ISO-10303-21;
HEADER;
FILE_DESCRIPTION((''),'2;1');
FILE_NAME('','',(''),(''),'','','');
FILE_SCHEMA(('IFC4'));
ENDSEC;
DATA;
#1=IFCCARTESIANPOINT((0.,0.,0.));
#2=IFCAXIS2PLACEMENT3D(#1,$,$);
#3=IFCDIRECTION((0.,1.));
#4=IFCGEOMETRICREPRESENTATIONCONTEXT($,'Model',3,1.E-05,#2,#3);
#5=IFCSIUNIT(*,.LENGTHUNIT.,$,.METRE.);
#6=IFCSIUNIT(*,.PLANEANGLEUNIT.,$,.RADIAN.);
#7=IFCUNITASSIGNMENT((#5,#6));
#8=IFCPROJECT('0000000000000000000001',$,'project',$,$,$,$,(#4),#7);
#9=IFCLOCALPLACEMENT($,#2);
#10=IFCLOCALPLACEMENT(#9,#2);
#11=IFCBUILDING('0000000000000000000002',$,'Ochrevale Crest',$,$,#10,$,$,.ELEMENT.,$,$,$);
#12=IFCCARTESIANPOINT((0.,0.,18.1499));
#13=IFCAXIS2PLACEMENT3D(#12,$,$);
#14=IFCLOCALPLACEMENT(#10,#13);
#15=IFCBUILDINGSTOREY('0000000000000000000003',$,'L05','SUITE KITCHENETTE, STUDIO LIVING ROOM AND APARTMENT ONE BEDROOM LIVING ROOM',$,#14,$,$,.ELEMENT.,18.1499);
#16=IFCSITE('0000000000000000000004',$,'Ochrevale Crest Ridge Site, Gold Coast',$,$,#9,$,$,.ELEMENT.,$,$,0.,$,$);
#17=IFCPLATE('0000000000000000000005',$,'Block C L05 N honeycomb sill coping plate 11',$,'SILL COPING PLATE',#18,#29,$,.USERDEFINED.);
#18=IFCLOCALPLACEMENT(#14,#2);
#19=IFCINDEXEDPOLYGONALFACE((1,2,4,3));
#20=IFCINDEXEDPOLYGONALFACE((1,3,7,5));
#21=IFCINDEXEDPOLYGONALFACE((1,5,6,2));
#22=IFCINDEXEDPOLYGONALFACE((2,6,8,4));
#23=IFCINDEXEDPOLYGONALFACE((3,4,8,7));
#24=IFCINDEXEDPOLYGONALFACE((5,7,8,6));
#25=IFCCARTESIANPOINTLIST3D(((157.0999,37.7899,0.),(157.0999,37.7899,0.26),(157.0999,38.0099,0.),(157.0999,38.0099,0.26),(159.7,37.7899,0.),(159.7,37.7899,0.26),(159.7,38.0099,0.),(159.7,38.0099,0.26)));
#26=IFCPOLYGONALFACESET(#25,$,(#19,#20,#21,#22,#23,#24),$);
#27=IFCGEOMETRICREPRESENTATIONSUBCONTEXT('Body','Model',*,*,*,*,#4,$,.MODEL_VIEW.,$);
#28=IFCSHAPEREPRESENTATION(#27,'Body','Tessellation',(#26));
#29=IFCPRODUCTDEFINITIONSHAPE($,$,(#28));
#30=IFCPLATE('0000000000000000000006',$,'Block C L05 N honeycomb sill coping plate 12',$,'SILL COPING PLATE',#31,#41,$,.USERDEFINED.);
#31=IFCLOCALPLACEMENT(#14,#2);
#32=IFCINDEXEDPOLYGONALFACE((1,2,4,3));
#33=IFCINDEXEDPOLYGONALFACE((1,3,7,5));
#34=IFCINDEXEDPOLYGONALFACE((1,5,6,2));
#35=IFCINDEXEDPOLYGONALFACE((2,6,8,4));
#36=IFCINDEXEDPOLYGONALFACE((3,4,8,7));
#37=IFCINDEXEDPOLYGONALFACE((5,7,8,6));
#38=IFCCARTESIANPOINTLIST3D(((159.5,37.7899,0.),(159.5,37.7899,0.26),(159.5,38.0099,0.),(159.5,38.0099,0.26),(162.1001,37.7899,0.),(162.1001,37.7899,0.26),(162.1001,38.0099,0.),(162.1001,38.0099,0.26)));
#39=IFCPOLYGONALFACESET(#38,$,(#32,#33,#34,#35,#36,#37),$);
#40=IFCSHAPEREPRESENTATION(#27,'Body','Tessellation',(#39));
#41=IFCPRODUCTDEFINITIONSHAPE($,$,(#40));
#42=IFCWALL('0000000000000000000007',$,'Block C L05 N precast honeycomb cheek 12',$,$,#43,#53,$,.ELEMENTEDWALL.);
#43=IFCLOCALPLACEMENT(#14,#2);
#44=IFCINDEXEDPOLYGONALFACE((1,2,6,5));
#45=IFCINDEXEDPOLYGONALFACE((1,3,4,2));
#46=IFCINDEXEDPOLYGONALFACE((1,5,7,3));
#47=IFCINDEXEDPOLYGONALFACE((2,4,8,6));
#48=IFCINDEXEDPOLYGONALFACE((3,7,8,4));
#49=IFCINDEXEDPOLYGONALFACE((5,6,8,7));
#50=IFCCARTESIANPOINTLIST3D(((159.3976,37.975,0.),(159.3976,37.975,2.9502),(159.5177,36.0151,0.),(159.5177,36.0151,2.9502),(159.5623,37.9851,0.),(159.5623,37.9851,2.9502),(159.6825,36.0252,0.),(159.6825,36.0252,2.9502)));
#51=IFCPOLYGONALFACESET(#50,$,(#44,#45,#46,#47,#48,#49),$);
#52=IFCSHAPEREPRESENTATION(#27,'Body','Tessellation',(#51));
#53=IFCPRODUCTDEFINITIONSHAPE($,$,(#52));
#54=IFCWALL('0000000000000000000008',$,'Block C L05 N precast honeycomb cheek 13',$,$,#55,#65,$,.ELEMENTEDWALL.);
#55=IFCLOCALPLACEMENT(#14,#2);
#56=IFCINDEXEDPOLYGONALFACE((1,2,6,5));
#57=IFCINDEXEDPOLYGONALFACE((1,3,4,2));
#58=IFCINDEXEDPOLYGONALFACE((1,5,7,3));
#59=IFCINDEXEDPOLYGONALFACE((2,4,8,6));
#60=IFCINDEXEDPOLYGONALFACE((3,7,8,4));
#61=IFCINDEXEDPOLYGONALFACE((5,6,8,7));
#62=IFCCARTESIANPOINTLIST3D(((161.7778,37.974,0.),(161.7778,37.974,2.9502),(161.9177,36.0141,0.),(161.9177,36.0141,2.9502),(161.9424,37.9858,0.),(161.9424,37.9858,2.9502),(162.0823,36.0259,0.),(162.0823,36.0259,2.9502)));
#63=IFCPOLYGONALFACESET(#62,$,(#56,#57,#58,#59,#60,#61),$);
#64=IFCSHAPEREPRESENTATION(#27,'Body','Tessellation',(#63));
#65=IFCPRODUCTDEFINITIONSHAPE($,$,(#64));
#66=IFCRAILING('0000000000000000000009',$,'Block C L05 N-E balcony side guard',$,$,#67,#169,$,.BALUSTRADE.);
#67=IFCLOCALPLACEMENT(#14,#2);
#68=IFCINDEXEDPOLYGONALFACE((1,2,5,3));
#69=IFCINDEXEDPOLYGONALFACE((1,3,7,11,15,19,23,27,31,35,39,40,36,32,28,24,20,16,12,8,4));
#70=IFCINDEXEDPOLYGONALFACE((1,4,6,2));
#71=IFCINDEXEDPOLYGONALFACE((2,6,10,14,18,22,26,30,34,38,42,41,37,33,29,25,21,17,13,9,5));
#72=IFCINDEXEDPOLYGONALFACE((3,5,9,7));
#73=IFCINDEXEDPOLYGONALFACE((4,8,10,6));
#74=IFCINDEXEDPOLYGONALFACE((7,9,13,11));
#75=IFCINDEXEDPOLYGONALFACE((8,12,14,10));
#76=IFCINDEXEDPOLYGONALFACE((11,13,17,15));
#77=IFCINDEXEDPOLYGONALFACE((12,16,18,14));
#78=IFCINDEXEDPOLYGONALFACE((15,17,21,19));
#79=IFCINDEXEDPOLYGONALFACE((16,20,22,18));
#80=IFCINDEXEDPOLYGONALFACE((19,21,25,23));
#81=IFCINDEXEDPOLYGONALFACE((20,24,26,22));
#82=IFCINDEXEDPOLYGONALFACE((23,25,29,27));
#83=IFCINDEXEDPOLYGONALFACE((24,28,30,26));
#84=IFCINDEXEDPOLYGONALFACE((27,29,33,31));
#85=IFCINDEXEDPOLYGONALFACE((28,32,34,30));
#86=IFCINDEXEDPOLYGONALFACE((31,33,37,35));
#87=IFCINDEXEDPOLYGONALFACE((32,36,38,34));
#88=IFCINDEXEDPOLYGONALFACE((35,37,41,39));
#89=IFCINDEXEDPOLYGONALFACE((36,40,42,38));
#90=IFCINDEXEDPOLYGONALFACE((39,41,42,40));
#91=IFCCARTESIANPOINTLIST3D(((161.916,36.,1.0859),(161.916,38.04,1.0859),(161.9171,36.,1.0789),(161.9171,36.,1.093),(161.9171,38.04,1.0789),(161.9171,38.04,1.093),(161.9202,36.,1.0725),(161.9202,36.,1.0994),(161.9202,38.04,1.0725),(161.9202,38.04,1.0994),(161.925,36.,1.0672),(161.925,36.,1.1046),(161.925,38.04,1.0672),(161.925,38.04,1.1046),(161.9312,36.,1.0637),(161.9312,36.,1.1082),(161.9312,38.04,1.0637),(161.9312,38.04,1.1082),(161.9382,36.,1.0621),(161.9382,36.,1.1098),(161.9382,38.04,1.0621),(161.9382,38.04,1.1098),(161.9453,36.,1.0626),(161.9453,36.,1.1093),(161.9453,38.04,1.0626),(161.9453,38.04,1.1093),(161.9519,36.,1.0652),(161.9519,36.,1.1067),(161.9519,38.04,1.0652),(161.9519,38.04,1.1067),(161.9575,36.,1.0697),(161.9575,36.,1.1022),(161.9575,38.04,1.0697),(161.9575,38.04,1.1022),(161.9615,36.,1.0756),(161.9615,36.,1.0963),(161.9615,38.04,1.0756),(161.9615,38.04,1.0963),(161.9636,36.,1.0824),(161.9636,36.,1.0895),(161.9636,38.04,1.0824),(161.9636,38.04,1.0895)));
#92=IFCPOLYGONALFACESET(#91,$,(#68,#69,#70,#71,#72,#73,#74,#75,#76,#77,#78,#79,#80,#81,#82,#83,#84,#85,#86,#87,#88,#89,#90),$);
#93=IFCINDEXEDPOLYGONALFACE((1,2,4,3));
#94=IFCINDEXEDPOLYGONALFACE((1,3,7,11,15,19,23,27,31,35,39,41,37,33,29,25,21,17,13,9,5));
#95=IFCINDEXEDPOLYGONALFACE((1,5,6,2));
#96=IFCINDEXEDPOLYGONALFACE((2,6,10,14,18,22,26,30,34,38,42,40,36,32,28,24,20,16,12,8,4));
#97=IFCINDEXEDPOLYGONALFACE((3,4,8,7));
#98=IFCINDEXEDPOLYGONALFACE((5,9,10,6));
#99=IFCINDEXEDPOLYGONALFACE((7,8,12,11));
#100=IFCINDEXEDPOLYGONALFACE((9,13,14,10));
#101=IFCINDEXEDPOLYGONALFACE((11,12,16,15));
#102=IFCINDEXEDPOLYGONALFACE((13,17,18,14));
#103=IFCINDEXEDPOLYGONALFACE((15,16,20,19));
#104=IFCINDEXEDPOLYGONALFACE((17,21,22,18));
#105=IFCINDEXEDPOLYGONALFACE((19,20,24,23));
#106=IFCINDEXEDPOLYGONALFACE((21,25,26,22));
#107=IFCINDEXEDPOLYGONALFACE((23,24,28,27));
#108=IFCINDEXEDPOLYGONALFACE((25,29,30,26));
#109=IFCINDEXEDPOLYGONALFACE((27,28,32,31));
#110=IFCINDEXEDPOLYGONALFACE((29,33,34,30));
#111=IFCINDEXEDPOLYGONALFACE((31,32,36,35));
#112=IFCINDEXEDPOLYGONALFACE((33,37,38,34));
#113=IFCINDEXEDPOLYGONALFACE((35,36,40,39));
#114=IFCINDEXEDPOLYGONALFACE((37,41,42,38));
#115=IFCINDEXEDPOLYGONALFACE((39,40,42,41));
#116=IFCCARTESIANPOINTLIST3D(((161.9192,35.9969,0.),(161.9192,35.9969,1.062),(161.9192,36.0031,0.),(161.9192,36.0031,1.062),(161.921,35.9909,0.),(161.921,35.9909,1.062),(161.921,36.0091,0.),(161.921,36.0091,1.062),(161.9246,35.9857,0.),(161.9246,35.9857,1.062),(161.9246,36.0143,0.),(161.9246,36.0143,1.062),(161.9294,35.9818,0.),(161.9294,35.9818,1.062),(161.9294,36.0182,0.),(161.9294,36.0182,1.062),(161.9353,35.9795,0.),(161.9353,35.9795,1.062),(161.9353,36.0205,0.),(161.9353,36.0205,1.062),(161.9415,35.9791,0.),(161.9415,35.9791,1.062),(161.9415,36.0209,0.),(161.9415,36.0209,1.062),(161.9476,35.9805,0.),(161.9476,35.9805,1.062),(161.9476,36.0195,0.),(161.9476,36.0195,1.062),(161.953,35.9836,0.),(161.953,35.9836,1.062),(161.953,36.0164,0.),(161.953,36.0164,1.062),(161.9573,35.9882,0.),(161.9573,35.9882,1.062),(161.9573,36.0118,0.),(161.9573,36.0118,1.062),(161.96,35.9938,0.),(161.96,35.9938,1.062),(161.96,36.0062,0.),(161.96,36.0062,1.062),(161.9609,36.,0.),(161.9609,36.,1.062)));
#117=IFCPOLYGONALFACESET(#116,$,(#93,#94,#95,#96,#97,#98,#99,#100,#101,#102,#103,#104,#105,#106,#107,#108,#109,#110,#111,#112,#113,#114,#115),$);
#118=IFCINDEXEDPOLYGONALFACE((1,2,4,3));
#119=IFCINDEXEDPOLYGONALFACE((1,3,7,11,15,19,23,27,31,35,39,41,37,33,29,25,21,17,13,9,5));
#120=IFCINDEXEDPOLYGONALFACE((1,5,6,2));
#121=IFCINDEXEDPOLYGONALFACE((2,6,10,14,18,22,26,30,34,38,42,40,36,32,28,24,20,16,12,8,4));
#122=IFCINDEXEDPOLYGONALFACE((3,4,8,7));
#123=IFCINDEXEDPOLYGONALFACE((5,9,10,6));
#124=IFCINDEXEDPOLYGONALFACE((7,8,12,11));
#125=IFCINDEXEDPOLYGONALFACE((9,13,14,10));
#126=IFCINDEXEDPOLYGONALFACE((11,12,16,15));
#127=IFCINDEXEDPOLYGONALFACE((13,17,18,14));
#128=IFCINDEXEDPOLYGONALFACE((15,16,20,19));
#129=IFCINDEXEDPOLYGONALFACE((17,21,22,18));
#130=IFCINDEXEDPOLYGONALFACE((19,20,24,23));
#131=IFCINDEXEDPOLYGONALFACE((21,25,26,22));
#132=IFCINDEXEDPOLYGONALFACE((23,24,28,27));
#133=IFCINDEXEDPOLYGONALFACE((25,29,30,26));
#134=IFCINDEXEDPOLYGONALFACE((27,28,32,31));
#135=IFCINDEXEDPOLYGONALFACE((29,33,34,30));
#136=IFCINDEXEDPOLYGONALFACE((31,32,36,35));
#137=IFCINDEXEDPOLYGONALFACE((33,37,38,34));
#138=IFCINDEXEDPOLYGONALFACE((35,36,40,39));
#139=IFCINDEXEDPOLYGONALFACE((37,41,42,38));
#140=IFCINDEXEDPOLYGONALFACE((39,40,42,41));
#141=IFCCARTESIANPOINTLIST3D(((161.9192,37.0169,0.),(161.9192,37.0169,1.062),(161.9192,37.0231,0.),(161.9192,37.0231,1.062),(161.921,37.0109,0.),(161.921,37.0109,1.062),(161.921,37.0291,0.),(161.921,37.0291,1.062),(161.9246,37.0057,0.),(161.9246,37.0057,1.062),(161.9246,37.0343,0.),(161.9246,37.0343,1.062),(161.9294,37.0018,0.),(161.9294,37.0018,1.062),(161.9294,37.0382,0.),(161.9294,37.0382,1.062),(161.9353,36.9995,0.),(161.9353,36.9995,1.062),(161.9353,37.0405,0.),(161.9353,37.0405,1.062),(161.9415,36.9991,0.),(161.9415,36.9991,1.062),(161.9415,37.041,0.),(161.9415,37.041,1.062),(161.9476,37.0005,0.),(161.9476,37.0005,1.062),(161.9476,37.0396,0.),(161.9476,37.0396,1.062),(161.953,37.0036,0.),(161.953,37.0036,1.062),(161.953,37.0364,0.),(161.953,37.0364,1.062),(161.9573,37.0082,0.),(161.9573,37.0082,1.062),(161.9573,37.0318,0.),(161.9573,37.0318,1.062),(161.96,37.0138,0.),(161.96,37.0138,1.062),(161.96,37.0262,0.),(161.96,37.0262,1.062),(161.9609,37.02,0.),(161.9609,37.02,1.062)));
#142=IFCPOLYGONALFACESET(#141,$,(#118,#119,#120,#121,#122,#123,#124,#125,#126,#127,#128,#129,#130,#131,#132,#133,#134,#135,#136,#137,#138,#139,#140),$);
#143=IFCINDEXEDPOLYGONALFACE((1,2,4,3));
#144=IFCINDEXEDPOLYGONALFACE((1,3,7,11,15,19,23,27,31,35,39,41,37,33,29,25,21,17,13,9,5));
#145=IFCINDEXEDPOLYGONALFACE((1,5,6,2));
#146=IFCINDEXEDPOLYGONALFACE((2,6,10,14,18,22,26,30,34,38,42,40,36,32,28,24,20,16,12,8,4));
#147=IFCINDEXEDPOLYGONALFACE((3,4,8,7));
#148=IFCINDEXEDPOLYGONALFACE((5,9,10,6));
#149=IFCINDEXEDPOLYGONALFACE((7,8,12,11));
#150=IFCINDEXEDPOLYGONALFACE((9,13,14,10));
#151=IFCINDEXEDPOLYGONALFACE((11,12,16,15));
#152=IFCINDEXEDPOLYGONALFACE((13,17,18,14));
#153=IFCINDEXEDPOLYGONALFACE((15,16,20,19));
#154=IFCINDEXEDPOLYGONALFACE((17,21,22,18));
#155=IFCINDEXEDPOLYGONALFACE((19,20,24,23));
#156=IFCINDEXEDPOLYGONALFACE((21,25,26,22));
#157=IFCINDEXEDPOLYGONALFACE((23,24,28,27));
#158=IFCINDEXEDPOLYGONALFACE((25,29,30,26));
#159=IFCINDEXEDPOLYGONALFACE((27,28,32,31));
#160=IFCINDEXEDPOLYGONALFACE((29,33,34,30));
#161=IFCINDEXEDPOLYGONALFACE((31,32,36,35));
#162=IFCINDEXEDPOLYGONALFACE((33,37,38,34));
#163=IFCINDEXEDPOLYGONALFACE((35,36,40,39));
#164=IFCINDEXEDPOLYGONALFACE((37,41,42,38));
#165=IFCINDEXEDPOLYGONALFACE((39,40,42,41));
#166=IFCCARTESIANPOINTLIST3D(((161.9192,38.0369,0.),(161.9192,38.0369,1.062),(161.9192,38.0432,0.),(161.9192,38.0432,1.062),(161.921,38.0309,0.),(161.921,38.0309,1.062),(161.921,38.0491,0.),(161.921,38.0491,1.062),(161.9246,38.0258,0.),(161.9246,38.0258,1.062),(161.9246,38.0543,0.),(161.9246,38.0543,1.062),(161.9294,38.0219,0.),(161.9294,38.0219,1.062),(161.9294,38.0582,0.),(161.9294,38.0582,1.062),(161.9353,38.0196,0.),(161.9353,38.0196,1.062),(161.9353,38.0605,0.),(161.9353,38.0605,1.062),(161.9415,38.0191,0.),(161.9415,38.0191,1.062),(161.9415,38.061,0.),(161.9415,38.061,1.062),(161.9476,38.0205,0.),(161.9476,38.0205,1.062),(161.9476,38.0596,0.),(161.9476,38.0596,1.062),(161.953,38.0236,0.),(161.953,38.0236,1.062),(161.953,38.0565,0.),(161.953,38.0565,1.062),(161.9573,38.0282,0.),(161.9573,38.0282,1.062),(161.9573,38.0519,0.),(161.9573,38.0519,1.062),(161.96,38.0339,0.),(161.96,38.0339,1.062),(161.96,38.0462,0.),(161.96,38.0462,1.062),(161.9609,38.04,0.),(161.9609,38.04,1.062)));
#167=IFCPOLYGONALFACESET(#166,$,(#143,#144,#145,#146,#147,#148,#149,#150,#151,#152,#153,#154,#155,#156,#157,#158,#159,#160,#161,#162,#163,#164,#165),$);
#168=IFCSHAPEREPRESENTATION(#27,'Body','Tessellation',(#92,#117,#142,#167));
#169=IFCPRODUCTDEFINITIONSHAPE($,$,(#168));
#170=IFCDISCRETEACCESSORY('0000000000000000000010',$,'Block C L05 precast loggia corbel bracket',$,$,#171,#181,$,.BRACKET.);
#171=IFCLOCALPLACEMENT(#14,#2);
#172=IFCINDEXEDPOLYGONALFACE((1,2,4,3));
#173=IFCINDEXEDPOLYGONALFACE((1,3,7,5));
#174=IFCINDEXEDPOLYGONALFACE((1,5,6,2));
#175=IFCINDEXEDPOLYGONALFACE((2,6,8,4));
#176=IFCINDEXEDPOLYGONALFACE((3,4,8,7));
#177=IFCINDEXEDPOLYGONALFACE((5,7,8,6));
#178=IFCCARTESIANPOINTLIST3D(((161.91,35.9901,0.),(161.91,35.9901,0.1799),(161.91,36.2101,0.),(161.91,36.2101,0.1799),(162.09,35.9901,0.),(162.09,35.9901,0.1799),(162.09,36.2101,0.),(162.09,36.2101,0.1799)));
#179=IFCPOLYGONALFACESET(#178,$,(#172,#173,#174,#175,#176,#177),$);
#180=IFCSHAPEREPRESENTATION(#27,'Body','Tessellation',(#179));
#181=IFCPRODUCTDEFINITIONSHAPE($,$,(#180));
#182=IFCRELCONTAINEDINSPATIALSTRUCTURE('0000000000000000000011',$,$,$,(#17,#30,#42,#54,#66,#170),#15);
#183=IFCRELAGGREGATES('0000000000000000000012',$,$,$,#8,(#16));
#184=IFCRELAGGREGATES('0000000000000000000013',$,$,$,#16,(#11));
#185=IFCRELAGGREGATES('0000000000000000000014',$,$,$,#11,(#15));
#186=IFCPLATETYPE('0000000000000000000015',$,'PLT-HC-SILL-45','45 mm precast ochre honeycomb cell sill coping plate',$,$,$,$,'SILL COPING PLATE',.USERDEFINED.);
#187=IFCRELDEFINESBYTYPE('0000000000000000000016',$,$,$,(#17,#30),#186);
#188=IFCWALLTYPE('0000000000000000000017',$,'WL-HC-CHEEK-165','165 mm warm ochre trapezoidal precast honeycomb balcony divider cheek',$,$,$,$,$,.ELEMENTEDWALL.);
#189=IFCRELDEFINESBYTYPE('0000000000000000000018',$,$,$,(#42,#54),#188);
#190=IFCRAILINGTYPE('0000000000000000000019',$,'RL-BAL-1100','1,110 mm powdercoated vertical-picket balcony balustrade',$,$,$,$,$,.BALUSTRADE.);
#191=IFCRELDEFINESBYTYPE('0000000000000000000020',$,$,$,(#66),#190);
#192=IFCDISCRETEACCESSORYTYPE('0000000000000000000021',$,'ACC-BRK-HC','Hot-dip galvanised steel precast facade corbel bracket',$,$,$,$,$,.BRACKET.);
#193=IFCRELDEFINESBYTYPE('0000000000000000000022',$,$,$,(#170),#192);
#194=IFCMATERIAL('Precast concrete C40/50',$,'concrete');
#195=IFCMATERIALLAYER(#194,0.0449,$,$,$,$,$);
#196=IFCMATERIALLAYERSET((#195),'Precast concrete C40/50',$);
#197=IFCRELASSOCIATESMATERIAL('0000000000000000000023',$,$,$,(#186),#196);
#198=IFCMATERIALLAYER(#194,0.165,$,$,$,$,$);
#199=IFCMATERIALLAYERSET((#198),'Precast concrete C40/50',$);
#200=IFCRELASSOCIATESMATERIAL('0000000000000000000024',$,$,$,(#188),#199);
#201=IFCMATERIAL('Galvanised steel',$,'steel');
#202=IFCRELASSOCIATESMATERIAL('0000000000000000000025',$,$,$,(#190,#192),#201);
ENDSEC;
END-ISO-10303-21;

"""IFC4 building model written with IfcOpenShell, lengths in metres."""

from ifc_helpers import new_model, si_unit, direction, frame, frame_2d, origin, origin_2d, place, context, subcontext, project, spatial, rectangle, circle, extrude, material, layer, layer_set, type_object, element, save


model = new_model("IFC4")

# Units and contexts
model_context = context("Model", 3, precision=1e-05, world=origin(), true_north=direction((0.0, 1.0)))
body_context = subcontext(model_context, "Body", "Model", "MODEL_VIEW")
ifc_project = project(units=[si_unit("LENGTHUNIT", "METRE"), si_unit("PLANEANGLEUNIT", "RADIAN")], contexts=[model_context])

# Site, building, storey
site_placement = place(None, origin())
site = spatial("IfcSite", under=ifc_project, at=site_placement, Name="Ochrevale Crest Ridge Site, Gold Coast", CompositionType="ELEMENT", RefElevation=0.0)
building_placement = place(site_placement, origin())
building = spatial("IfcBuilding", under=site, at=building_placement, Name="Ochrevale Crest", CompositionType="ELEMENT")
storey_placement = place(building_placement, frame((0.0, 0.0, 18.1499)))
storey = spatial("IfcBuildingStorey", under=building, at=storey_placement, Name="L05", Description="SUITE KITCHENETTE, STUDIO LIVING ROOM AND APARTMENT ONE BEDROOM LIVING ROOM", CompositionType="ELEMENT", Elevation=18.1499)

# Plates
ifc_material_1 = material(Name="Precast concrete C40/50", Category="concrete")
ifc_layer_1 = layer(ifc_material_1, 0.0449)
ifc_layer_set_1 = layer_set([ifc_layer_1], Name="Precast concrete C40/50")
plate_type_1 = type_object("IfcPlateType", Name="PLT-HC-SILL-45", Description="45 mm precast ochre honeycomb cell sill coping plate", ElementType="SILL COPING PLATE", PredefinedType="USERDEFINED", material=ifc_layer_set_1)
for number, where, z_axis, x_axis, name in (
    (1, (158.3999, 37.8999, 0.0), (0.0, 0.0, 1.0), (1.0, 0.0, 0.0), "Block C L05 N honeycomb sill coping plate 11"),
    (2, (160.8, 37.8999, 0.0), (0.0, 0.0, 1.0), (1.0, 0.0, 0.0), "Block C L05 N honeycomb sill coping plate 12"),
):
    element("IfcPlate", number, at=place(storey_placement, frame(where, z_axis=z_axis, x_axis=x_axis)), inside=storey, type_object=plate_type_1, Name=name, ObjectType="SILL COPING PLATE", PredefinedType="USERDEFINED", context=body_context, shape_type="SweptSolid", body=[
        extrude(rectangle(XDim=2.6001, YDim=0.22, at=origin_2d()), origin(), (0.0, 0.0, 1.0), 0.26),
    ])

# Walls
ifc_layer_2 = layer(ifc_material_1, 0.165)
ifc_layer_set_2 = layer_set([ifc_layer_2], Name="Precast concrete C40/50")
wall_type_1 = type_object("IfcWallType", Name="WL-HC-CHEEK-165", Description="165 mm warm ochre trapezoidal precast honeycomb balcony divider cheek", PredefinedType="ELEMENTEDWALL", material=ifc_layer_set_2)
wall_1_placement = place(storey_placement, frame((159.6001, 36.02, 0.0), z_axis=(0.0, 0.0, 1.0), x_axis=(-0.061171, 0.998127, 0.0)))
element("IfcWall", 3, at=wall_1_placement, inside=storey, type_object=wall_type_1, Name="Block C L05 N precast honeycomb cheek 12", PredefinedType="ELEMENTEDWALL", context=body_context, shape_type="SweptSolid", body=[
    extrude(rectangle(XDim=1.9636, YDim=0.165, at=frame_2d((0.9819, 0.0))), origin(), (0.0, 0.0, 1.0), 2.9502),
])
wall_2_placement = place(storey_placement, frame((162.0, 36.02, 0.0), z_axis=(0.0, 0.0, 1.0), x_axis=(-0.071194, 0.997462, 0.0)))
element("IfcWall", 4, at=wall_2_placement, inside=storey, type_object=wall_type_1, Name="Block C L05 N precast honeycomb cheek 13", PredefinedType="ELEMENTEDWALL", context=body_context, shape_type="SweptSolid", body=[
    extrude(rectangle(XDim=1.9648, YDim=0.165, at=frame_2d((0.9824, 0.0))), origin(), (0.0, 0.0, 1.0), 2.9502),
])

# Railing
ifc_material_2 = material(Name="Galvanised steel", Category="steel")
railing_type = type_object("IfcRailingType", Name="RL-BAL-1100", Description="1,110 mm powdercoated vertical-picket balcony balustrade", PredefinedType="BALUSTRADE", material=ifc_material_2)
railing_placement = place(storey_placement, frame((161.9399, 36.0, 0.0)))
element("IfcRailing", 5, at=railing_placement, inside=storey, type_object=railing_type, Name="Block C L05 N-E balcony side guard", PredefinedType="BALUSTRADE", context=body_context, shape_type="SweptSolid", body=[
    extrude(circle(Radius=0.0239, at=origin_2d()), frame((0.0, 0.0, 1.0859), z_axis=(0.0, 1.0, 0.0), x_axis=(-1.0, 0.0, 0.0)), (0.0, 0.0, 1.0), 2.04),
    extrude(circle(Radius=0.021, at=origin_2d()), origin(), (0.0, 0.0, 1.0), 1.062),
    extrude(circle(Radius=0.021, at=origin_2d()), frame((0.0, 1.02, 0.0)), (0.0, 0.0, 1.0), 1.062),
    extrude(circle(Radius=0.021, at=origin_2d()), frame((0.0, 2.04, 0.0)), (0.0, 0.0, 1.0), 1.062),
])

# Discrete accessory
discrete_accessory_type = type_object("IfcDiscreteAccessoryType", Name="ACC-BRK-HC", Description="Hot-dip galvanised steel precast facade corbel bracket", PredefinedType="BRACKET", material=ifc_material_2)
discrete_accessory_placement = place(storey_placement, frame((162.0, 36.1001, 0.0), z_axis=(0.0, 0.0, 1.0), x_axis=(1.0, 0.0, 0.0)))
element("IfcDiscreteAccessory", 6, at=discrete_accessory_placement, inside=storey, type_object=discrete_accessory_type, Name="Block C L05 precast loggia corbel bracket", PredefinedType="BRACKET", context=body_context, shape_type="SweptSolid", body=[
    extrude(rectangle(XDim=0.1799, YDim=0.22, at=origin_2d()), origin(), (0.0, 0.0, 1.0), 0.1799),
])

save(model, "model.ifc")
